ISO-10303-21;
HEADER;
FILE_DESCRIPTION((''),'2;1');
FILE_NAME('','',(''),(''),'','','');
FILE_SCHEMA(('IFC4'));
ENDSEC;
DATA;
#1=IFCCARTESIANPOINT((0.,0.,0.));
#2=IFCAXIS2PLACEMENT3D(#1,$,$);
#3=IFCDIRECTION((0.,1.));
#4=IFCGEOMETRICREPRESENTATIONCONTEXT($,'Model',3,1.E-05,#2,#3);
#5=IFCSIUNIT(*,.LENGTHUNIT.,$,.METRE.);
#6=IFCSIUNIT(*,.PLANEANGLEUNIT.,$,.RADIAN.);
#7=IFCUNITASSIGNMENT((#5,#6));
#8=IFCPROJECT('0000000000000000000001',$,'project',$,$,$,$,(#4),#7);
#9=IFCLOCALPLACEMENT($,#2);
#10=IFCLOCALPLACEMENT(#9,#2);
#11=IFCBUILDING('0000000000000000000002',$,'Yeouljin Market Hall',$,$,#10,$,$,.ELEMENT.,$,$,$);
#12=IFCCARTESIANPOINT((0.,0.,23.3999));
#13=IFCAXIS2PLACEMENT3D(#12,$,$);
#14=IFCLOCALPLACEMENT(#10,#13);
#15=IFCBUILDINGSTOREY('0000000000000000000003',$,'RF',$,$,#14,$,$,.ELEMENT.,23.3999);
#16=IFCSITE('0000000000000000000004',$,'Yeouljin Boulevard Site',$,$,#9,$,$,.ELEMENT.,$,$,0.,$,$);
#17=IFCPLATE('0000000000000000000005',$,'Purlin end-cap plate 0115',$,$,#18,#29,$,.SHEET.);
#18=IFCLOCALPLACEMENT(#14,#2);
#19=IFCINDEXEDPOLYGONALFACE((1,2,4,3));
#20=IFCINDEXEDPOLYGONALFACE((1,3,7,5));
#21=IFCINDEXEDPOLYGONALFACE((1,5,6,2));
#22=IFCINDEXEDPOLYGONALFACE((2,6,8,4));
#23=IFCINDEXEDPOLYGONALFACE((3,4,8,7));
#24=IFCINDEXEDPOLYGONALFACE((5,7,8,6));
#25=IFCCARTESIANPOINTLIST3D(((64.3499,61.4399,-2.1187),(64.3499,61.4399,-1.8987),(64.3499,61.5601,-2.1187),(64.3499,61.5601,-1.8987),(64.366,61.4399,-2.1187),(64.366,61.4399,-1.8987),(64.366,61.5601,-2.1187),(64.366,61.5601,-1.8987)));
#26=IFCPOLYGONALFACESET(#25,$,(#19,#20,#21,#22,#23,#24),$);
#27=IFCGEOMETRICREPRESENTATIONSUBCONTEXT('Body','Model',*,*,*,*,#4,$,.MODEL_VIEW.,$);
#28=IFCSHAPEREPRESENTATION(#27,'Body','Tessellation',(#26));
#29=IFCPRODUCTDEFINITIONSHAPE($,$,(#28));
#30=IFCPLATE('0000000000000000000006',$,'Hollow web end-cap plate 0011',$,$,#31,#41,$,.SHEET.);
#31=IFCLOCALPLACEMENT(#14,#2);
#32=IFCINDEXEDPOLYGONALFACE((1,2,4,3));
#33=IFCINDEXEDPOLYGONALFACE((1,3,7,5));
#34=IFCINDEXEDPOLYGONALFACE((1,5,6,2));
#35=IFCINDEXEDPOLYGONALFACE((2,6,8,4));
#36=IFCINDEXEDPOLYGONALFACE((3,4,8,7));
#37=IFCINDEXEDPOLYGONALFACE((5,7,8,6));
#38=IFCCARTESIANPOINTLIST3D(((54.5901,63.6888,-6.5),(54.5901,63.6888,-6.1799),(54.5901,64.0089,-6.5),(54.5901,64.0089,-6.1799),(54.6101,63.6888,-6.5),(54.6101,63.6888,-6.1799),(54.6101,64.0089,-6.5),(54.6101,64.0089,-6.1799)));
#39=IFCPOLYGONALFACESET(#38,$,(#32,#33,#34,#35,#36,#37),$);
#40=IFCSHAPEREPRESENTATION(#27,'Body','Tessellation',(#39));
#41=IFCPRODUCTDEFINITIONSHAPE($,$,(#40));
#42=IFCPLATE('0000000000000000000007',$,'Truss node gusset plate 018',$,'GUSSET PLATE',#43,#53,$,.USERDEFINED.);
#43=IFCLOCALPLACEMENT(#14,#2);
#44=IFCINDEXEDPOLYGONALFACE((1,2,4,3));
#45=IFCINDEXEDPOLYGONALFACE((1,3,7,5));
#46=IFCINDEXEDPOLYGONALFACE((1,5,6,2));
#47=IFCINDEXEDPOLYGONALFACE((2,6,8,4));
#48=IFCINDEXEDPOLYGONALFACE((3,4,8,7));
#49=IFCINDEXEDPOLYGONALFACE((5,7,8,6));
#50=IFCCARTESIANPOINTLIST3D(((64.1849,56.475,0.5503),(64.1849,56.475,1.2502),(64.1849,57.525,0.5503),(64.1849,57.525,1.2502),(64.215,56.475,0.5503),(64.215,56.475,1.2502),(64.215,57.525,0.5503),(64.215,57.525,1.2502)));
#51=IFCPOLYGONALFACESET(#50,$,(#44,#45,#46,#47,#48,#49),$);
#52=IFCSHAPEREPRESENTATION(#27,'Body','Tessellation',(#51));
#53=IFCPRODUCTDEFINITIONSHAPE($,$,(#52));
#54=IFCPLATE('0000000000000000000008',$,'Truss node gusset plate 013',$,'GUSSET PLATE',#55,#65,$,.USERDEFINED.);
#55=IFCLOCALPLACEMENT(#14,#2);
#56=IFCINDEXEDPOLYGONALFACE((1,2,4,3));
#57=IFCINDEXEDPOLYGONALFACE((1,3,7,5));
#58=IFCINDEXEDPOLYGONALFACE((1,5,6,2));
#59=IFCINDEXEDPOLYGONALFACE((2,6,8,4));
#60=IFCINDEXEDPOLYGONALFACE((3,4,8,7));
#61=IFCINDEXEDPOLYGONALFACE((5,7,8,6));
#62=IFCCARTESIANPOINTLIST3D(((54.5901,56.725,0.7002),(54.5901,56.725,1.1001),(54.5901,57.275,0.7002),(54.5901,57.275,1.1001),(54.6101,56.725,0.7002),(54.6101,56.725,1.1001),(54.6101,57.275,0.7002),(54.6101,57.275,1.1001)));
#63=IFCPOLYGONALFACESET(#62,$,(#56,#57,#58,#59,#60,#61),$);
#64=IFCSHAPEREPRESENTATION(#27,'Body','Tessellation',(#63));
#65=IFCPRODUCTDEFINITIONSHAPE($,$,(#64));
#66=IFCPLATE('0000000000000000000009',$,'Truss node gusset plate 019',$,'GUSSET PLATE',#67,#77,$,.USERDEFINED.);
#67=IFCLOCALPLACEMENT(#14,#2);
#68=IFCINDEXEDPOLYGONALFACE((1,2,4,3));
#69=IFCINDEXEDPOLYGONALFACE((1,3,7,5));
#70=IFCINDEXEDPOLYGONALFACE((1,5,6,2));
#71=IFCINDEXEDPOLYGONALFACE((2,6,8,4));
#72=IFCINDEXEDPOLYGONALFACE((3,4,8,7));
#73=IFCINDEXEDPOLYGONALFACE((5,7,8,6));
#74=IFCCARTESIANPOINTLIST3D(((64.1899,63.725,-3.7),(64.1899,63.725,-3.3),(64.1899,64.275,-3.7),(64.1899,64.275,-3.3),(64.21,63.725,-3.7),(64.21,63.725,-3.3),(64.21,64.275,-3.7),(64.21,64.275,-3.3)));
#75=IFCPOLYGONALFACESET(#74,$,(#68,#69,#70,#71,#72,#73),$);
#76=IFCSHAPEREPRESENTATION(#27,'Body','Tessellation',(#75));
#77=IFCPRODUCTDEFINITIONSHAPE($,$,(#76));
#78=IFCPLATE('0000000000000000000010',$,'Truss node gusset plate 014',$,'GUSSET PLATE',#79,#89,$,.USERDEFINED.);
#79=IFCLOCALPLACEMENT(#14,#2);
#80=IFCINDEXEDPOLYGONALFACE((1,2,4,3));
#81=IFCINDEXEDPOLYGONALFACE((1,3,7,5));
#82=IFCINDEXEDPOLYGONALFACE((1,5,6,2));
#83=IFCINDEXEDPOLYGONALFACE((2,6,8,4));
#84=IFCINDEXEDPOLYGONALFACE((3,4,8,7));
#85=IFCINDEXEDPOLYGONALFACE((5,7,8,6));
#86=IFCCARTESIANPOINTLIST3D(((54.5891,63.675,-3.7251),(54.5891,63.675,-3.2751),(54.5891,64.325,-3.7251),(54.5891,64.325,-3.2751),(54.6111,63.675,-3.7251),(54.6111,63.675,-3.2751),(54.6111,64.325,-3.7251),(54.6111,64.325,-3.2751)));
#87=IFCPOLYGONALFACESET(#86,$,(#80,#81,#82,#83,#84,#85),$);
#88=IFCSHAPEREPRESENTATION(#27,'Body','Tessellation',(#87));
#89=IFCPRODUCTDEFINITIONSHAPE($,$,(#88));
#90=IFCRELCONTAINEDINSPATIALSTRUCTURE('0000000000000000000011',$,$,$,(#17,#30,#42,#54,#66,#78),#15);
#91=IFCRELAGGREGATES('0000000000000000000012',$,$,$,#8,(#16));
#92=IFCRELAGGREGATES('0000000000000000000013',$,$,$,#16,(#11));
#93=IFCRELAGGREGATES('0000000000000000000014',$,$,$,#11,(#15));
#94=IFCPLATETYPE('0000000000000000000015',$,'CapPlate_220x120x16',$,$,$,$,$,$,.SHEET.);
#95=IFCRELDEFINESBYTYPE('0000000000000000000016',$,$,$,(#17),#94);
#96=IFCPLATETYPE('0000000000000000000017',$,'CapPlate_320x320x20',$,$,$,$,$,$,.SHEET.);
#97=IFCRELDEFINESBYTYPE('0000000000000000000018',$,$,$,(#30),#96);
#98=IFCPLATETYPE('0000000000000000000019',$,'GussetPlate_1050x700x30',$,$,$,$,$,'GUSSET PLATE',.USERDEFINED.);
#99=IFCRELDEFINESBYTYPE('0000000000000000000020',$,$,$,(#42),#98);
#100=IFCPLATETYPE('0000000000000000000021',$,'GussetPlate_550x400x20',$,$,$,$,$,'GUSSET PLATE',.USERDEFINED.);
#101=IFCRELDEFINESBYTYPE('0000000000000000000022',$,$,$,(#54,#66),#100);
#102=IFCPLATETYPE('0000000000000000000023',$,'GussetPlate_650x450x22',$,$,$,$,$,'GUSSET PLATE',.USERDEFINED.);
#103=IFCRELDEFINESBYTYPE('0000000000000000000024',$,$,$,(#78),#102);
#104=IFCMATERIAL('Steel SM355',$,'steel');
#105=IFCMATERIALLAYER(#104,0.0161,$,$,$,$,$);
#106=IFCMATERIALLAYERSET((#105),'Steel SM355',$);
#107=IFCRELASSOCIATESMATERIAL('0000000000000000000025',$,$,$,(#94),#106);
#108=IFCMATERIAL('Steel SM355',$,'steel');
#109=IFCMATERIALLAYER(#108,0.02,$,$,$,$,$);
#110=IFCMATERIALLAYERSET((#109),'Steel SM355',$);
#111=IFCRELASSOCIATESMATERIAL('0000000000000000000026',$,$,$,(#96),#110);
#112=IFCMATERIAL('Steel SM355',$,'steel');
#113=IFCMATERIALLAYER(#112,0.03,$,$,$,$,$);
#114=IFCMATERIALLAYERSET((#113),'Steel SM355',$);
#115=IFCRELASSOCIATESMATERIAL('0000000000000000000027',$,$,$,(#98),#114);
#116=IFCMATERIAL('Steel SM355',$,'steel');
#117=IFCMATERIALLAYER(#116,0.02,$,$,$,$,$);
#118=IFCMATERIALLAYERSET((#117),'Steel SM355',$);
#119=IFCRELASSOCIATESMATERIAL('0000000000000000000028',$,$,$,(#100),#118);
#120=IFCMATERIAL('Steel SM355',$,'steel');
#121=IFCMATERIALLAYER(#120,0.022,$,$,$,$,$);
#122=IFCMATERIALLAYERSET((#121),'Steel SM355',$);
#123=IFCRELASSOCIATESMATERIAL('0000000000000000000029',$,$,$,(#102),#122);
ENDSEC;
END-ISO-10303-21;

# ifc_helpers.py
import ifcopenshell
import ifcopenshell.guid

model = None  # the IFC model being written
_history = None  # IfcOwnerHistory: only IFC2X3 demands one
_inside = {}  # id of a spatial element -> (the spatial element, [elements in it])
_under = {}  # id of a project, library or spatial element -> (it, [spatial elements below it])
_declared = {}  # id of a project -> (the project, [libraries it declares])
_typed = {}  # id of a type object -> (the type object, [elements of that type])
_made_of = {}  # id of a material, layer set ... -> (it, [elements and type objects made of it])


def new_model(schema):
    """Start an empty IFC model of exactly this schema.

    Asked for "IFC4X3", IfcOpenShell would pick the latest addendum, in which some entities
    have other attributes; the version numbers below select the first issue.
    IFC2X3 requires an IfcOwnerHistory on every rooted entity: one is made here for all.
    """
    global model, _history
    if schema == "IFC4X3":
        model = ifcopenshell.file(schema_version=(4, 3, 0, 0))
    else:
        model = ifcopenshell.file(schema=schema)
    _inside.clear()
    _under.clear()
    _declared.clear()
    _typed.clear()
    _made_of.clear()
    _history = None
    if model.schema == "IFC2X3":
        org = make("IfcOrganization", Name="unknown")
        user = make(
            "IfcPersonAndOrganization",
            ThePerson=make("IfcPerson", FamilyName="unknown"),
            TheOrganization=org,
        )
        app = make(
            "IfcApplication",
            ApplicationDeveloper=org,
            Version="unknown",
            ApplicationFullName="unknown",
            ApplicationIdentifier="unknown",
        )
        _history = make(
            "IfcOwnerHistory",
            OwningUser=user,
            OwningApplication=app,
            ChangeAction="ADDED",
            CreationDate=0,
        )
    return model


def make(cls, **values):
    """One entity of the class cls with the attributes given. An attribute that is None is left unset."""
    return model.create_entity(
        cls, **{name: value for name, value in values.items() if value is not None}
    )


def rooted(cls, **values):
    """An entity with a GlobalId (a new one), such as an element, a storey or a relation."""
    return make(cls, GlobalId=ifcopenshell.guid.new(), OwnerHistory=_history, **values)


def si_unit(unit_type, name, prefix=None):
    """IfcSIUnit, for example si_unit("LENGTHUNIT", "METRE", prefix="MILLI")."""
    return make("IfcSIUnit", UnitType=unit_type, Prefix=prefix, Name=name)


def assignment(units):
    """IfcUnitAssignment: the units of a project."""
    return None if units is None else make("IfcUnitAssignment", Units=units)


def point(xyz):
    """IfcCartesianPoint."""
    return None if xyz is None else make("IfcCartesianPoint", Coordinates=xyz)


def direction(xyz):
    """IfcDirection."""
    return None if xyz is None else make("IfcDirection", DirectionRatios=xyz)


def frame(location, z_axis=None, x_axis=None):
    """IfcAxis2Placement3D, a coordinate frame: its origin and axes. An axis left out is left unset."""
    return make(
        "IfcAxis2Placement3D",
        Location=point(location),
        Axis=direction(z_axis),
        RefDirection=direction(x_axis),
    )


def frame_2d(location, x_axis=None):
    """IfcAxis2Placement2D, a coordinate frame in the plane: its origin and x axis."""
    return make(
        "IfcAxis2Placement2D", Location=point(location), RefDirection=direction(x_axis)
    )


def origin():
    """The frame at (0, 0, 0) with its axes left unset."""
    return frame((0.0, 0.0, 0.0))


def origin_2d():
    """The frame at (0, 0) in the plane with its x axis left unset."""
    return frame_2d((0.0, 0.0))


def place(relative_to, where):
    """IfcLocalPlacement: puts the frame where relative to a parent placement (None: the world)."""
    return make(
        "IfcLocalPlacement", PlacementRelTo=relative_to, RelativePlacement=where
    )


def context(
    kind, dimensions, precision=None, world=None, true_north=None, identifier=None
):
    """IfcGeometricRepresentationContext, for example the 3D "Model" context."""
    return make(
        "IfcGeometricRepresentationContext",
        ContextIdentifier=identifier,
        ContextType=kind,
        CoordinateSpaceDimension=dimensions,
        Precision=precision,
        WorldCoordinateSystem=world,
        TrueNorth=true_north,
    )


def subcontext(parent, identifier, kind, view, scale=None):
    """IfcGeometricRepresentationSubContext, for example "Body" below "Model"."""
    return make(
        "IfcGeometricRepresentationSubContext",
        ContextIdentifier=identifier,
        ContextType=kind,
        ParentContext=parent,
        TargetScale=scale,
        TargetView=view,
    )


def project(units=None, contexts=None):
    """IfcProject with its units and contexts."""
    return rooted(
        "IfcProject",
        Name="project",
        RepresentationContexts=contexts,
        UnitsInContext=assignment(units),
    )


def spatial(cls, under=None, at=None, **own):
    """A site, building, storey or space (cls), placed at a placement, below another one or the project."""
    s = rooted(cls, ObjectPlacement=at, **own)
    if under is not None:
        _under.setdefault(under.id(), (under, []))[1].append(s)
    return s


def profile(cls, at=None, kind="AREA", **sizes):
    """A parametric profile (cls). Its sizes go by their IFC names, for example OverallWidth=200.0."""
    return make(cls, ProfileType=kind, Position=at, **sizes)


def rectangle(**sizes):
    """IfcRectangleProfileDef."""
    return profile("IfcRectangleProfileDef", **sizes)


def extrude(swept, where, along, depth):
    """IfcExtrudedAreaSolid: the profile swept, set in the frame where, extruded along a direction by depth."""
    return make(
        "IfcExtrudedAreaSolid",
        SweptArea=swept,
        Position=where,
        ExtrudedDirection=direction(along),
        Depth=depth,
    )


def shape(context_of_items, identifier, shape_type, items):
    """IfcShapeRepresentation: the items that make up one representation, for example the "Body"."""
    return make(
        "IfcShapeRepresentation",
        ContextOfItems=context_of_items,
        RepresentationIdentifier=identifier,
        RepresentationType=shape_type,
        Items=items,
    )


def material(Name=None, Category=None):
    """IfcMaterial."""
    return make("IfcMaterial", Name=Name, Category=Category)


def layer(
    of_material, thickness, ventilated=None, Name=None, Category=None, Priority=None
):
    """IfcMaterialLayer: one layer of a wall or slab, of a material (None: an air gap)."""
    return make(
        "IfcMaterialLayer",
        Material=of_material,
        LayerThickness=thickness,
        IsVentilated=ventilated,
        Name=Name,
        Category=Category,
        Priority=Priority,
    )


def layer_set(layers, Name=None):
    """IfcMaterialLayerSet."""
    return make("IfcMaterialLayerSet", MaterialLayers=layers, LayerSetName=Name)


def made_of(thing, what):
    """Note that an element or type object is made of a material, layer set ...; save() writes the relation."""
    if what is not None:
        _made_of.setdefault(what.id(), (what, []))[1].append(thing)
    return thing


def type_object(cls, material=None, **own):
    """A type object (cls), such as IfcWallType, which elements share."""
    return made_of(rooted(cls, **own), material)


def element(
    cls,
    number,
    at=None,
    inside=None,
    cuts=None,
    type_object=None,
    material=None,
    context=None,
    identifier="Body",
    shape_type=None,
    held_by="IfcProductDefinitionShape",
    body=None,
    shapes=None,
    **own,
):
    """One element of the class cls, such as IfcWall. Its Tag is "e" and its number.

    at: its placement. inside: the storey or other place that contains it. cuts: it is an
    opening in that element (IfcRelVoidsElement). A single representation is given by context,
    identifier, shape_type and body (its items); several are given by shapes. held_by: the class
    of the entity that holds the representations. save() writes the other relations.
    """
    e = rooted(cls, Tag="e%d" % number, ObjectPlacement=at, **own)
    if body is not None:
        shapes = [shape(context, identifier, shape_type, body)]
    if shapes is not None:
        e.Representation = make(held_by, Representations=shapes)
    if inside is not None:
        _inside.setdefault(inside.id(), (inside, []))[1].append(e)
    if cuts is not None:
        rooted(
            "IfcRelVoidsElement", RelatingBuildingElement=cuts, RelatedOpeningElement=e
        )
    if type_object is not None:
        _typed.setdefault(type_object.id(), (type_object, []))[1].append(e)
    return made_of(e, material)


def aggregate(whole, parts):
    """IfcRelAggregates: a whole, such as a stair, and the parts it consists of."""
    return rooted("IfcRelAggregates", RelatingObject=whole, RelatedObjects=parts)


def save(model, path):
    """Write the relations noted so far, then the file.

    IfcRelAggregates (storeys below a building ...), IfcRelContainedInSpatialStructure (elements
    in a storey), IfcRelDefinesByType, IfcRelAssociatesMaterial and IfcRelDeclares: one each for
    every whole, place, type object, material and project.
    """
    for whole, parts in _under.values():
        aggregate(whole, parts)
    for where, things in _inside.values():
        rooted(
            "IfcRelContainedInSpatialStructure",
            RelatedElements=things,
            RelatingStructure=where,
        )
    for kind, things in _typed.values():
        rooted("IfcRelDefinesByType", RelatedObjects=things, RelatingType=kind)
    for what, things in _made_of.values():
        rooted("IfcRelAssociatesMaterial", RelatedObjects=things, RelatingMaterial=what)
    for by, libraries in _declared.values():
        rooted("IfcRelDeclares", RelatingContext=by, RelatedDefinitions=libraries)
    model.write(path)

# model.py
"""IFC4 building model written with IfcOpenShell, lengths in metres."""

from ifc_helpers import new_model, si_unit, direction, frame, origin, origin_2d, place, context, subcontext, project, spatial, rectangle, extrude, material, layer, layer_set, type_object, element, save


model = new_model("IFC4")

# Units and contexts
model_context = context("Model", 3, precision=1e-05, world=origin(), true_north=direction((0.0, 1.0)))
body_context = subcontext(model_context, "Body", "Model", "MODEL_VIEW")
ifc_project = project(units=[si_unit("LENGTHUNIT", "METRE"), si_unit("PLANEANGLEUNIT", "RADIAN")], contexts=[model_context])

# Site, building, storey
site_placement = place(None, origin())
site = spatial("IfcSite", under=ifc_project, at=site_placement, Name="Yeouljin Boulevard Site", CompositionType="ELEMENT", RefElevation=0.0)
building_placement = place(site_placement, origin())
building = spatial("IfcBuilding", under=site, at=building_placement, Name="Yeouljin Market Hall", CompositionType="ELEMENT")
storey_placement = place(building_placement, frame((0.0, 0.0, 23.3999)))
storey = spatial("IfcBuildingStorey", under=building, at=storey_placement, Name="RF", CompositionType="ELEMENT", Elevation=23.3999)

# Plates
ifc_material_1 = material(Name="Steel SM355", Category="steel")
ifc_layer_1 = layer(ifc_material_1, 0.0161)
ifc_layer_set_1 = layer_set([ifc_layer_1], Name="Steel SM355")
plate_type_1 = type_object("IfcPlateType", Name="CapPlate_220x120x16", PredefinedType="SHEET", material=ifc_layer_set_1)
for number, where, z_axis, x_axis, name in (
    (1, (64.3579, 61.5, -2.1187), (0.0, 0.0, 1.0), (0.0, 1.0, 0.0), "Purlin end-cap plate 0115"),
):
    element("IfcPlate", number, at=place(storey_placement, frame(where, z_axis=z_axis, x_axis=x_axis)), inside=storey, type_object=plate_type_1, Name=name, PredefinedType="SHEET", context=body_context, shape_type="SweptSolid", body=[
        extrude(rectangle(XDim=0.1201, YDim=0.0161, at=origin_2d()), origin(), (0.0, 0.0, 1.0), 0.22),
    ])
ifc_material_2 = material(Name="Steel SM355", Category="steel")
ifc_layer_2 = layer(ifc_material_2, 0.02)
ifc_layer_set_2 = layer_set([ifc_layer_2], Name="Steel SM355")
plate_type_2 = type_object("IfcPlateType", Name="CapPlate_320x320x20", PredefinedType="SHEET", material=ifc_layer_set_2)
plate_1_placement = place(storey_placement, frame((54.6001, 63.8489, -6.5), z_axis=(0.0, 0.0, 1.0), x_axis=(0.0, 1.0, 0.0)))
element("IfcPlate", 2, at=plate_1_placement, inside=storey, type_object=plate_type_2, Name="Hollow web end-cap plate 0011", PredefinedType="SHEET", context=body_context, shape_type="SweptSolid", body=[
    extrude(rectangle(XDim=0.3201, YDim=0.02, at=origin_2d()), origin(), (0.0, 0.0, 1.0), 0.3201),
])
ifc_material_3 = material(Name="Steel SM355", Category="steel")
ifc_layer_3 = layer(ifc_material_3, 0.03)
ifc_layer_set_3 = layer_set([ifc_layer_3], Name="Steel SM355")
plate_type_3 = type_object("IfcPlateType", Name="GussetPlate_1050x700x30", ElementType="GUSSET PLATE", PredefinedType="USERDEFINED", material=ifc_layer_set_3)
plate_2_placement = place(storey_placement, frame((64.2, 57.0, 0.5503), z_axis=(0.0, 0.0, 1.0), x_axis=(0.0, 1.0, 0.0)))
element("IfcPlate", 3, at=plate_2_placement, inside=storey, type_object=plate_type_3, Name="Truss node gusset plate 018", ObjectType="GUSSET PLATE", PredefinedType="USERDEFINED", context=body_context, shape_type="SweptSolid", body=[
    extrude(rectangle(XDim=1.05, YDim=0.03, at=origin_2d()), origin(), (0.0, 0.0, 1.0), 0.7),
])
ifc_material_4 = material(Name="Steel SM355", Category="steel")
ifc_layer_4 = layer(ifc_material_4, 0.02)
ifc_layer_set_4 = layer_set([ifc_layer_4], Name="Steel SM355")
plate_type_4 = type_object("IfcPlateType", Name="GussetPlate_550x400x20", ElementType="GUSSET PLATE", PredefinedType="USERDEFINED", material=ifc_layer_set_4)
for number, where, z_axis, x_axis, name in (
    (4, (54.6001, 57.0, 0.7002), (0.0, 0.0, 1.0), (0.0, 1.0, 0.0), "Truss node gusset plate 013"),
    (5, (64.2, 64.0, -3.7), (0.0, 0.0, 1.0), (0.0, 1.0, 0.0), "Truss node gusset plate 019"),
):
    element("IfcPlate", number, at=place(storey_placement, frame(where, z_axis=z_axis, x_axis=x_axis)), inside=storey, type_object=plate_type_4, Name=name, ObjectType="GUSSET PLATE", PredefinedType="USERDEFINED", context=body_context, shape_type="SweptSolid", body=[
        extrude(rectangle(XDim=0.55, YDim=0.02, at=origin_2d()), origin(), (0.0, 0.0, 1.0), 0.3999),
    ])
ifc_material_5 = material(Name="Steel SM355", Category="steel")
ifc_layer_5 = layer(ifc_material_5, 0.022)
ifc_layer_set_5 = layer_set([ifc_layer_5], Name="Steel SM355")
plate_type_5 = type_object("IfcPlateType", Name="GussetPlate_650x450x22", ElementType="GUSSET PLATE", PredefinedType="USERDEFINED", material=ifc_layer_set_5)
plate_3_placement = place(storey_placement, frame((54.6001, 64.0, -3.7251), z_axis=(0.0, 0.0, 1.0), x_axis=(0.0, 1.0, 0.0)))
element("IfcPlate", 6, at=plate_3_placement, inside=storey, type_object=plate_type_5, Name="Truss node gusset plate 014", ObjectType="GUSSET PLATE", PredefinedType="USERDEFINED", context=body_context, shape_type="SweptSolid", body=[
    extrude(rectangle(XDim=0.6499, YDim=0.022, at=origin_2d()), origin(), (0.0, 0.0, 1.0), 0.45),
])

save(model, "model.ifc")
